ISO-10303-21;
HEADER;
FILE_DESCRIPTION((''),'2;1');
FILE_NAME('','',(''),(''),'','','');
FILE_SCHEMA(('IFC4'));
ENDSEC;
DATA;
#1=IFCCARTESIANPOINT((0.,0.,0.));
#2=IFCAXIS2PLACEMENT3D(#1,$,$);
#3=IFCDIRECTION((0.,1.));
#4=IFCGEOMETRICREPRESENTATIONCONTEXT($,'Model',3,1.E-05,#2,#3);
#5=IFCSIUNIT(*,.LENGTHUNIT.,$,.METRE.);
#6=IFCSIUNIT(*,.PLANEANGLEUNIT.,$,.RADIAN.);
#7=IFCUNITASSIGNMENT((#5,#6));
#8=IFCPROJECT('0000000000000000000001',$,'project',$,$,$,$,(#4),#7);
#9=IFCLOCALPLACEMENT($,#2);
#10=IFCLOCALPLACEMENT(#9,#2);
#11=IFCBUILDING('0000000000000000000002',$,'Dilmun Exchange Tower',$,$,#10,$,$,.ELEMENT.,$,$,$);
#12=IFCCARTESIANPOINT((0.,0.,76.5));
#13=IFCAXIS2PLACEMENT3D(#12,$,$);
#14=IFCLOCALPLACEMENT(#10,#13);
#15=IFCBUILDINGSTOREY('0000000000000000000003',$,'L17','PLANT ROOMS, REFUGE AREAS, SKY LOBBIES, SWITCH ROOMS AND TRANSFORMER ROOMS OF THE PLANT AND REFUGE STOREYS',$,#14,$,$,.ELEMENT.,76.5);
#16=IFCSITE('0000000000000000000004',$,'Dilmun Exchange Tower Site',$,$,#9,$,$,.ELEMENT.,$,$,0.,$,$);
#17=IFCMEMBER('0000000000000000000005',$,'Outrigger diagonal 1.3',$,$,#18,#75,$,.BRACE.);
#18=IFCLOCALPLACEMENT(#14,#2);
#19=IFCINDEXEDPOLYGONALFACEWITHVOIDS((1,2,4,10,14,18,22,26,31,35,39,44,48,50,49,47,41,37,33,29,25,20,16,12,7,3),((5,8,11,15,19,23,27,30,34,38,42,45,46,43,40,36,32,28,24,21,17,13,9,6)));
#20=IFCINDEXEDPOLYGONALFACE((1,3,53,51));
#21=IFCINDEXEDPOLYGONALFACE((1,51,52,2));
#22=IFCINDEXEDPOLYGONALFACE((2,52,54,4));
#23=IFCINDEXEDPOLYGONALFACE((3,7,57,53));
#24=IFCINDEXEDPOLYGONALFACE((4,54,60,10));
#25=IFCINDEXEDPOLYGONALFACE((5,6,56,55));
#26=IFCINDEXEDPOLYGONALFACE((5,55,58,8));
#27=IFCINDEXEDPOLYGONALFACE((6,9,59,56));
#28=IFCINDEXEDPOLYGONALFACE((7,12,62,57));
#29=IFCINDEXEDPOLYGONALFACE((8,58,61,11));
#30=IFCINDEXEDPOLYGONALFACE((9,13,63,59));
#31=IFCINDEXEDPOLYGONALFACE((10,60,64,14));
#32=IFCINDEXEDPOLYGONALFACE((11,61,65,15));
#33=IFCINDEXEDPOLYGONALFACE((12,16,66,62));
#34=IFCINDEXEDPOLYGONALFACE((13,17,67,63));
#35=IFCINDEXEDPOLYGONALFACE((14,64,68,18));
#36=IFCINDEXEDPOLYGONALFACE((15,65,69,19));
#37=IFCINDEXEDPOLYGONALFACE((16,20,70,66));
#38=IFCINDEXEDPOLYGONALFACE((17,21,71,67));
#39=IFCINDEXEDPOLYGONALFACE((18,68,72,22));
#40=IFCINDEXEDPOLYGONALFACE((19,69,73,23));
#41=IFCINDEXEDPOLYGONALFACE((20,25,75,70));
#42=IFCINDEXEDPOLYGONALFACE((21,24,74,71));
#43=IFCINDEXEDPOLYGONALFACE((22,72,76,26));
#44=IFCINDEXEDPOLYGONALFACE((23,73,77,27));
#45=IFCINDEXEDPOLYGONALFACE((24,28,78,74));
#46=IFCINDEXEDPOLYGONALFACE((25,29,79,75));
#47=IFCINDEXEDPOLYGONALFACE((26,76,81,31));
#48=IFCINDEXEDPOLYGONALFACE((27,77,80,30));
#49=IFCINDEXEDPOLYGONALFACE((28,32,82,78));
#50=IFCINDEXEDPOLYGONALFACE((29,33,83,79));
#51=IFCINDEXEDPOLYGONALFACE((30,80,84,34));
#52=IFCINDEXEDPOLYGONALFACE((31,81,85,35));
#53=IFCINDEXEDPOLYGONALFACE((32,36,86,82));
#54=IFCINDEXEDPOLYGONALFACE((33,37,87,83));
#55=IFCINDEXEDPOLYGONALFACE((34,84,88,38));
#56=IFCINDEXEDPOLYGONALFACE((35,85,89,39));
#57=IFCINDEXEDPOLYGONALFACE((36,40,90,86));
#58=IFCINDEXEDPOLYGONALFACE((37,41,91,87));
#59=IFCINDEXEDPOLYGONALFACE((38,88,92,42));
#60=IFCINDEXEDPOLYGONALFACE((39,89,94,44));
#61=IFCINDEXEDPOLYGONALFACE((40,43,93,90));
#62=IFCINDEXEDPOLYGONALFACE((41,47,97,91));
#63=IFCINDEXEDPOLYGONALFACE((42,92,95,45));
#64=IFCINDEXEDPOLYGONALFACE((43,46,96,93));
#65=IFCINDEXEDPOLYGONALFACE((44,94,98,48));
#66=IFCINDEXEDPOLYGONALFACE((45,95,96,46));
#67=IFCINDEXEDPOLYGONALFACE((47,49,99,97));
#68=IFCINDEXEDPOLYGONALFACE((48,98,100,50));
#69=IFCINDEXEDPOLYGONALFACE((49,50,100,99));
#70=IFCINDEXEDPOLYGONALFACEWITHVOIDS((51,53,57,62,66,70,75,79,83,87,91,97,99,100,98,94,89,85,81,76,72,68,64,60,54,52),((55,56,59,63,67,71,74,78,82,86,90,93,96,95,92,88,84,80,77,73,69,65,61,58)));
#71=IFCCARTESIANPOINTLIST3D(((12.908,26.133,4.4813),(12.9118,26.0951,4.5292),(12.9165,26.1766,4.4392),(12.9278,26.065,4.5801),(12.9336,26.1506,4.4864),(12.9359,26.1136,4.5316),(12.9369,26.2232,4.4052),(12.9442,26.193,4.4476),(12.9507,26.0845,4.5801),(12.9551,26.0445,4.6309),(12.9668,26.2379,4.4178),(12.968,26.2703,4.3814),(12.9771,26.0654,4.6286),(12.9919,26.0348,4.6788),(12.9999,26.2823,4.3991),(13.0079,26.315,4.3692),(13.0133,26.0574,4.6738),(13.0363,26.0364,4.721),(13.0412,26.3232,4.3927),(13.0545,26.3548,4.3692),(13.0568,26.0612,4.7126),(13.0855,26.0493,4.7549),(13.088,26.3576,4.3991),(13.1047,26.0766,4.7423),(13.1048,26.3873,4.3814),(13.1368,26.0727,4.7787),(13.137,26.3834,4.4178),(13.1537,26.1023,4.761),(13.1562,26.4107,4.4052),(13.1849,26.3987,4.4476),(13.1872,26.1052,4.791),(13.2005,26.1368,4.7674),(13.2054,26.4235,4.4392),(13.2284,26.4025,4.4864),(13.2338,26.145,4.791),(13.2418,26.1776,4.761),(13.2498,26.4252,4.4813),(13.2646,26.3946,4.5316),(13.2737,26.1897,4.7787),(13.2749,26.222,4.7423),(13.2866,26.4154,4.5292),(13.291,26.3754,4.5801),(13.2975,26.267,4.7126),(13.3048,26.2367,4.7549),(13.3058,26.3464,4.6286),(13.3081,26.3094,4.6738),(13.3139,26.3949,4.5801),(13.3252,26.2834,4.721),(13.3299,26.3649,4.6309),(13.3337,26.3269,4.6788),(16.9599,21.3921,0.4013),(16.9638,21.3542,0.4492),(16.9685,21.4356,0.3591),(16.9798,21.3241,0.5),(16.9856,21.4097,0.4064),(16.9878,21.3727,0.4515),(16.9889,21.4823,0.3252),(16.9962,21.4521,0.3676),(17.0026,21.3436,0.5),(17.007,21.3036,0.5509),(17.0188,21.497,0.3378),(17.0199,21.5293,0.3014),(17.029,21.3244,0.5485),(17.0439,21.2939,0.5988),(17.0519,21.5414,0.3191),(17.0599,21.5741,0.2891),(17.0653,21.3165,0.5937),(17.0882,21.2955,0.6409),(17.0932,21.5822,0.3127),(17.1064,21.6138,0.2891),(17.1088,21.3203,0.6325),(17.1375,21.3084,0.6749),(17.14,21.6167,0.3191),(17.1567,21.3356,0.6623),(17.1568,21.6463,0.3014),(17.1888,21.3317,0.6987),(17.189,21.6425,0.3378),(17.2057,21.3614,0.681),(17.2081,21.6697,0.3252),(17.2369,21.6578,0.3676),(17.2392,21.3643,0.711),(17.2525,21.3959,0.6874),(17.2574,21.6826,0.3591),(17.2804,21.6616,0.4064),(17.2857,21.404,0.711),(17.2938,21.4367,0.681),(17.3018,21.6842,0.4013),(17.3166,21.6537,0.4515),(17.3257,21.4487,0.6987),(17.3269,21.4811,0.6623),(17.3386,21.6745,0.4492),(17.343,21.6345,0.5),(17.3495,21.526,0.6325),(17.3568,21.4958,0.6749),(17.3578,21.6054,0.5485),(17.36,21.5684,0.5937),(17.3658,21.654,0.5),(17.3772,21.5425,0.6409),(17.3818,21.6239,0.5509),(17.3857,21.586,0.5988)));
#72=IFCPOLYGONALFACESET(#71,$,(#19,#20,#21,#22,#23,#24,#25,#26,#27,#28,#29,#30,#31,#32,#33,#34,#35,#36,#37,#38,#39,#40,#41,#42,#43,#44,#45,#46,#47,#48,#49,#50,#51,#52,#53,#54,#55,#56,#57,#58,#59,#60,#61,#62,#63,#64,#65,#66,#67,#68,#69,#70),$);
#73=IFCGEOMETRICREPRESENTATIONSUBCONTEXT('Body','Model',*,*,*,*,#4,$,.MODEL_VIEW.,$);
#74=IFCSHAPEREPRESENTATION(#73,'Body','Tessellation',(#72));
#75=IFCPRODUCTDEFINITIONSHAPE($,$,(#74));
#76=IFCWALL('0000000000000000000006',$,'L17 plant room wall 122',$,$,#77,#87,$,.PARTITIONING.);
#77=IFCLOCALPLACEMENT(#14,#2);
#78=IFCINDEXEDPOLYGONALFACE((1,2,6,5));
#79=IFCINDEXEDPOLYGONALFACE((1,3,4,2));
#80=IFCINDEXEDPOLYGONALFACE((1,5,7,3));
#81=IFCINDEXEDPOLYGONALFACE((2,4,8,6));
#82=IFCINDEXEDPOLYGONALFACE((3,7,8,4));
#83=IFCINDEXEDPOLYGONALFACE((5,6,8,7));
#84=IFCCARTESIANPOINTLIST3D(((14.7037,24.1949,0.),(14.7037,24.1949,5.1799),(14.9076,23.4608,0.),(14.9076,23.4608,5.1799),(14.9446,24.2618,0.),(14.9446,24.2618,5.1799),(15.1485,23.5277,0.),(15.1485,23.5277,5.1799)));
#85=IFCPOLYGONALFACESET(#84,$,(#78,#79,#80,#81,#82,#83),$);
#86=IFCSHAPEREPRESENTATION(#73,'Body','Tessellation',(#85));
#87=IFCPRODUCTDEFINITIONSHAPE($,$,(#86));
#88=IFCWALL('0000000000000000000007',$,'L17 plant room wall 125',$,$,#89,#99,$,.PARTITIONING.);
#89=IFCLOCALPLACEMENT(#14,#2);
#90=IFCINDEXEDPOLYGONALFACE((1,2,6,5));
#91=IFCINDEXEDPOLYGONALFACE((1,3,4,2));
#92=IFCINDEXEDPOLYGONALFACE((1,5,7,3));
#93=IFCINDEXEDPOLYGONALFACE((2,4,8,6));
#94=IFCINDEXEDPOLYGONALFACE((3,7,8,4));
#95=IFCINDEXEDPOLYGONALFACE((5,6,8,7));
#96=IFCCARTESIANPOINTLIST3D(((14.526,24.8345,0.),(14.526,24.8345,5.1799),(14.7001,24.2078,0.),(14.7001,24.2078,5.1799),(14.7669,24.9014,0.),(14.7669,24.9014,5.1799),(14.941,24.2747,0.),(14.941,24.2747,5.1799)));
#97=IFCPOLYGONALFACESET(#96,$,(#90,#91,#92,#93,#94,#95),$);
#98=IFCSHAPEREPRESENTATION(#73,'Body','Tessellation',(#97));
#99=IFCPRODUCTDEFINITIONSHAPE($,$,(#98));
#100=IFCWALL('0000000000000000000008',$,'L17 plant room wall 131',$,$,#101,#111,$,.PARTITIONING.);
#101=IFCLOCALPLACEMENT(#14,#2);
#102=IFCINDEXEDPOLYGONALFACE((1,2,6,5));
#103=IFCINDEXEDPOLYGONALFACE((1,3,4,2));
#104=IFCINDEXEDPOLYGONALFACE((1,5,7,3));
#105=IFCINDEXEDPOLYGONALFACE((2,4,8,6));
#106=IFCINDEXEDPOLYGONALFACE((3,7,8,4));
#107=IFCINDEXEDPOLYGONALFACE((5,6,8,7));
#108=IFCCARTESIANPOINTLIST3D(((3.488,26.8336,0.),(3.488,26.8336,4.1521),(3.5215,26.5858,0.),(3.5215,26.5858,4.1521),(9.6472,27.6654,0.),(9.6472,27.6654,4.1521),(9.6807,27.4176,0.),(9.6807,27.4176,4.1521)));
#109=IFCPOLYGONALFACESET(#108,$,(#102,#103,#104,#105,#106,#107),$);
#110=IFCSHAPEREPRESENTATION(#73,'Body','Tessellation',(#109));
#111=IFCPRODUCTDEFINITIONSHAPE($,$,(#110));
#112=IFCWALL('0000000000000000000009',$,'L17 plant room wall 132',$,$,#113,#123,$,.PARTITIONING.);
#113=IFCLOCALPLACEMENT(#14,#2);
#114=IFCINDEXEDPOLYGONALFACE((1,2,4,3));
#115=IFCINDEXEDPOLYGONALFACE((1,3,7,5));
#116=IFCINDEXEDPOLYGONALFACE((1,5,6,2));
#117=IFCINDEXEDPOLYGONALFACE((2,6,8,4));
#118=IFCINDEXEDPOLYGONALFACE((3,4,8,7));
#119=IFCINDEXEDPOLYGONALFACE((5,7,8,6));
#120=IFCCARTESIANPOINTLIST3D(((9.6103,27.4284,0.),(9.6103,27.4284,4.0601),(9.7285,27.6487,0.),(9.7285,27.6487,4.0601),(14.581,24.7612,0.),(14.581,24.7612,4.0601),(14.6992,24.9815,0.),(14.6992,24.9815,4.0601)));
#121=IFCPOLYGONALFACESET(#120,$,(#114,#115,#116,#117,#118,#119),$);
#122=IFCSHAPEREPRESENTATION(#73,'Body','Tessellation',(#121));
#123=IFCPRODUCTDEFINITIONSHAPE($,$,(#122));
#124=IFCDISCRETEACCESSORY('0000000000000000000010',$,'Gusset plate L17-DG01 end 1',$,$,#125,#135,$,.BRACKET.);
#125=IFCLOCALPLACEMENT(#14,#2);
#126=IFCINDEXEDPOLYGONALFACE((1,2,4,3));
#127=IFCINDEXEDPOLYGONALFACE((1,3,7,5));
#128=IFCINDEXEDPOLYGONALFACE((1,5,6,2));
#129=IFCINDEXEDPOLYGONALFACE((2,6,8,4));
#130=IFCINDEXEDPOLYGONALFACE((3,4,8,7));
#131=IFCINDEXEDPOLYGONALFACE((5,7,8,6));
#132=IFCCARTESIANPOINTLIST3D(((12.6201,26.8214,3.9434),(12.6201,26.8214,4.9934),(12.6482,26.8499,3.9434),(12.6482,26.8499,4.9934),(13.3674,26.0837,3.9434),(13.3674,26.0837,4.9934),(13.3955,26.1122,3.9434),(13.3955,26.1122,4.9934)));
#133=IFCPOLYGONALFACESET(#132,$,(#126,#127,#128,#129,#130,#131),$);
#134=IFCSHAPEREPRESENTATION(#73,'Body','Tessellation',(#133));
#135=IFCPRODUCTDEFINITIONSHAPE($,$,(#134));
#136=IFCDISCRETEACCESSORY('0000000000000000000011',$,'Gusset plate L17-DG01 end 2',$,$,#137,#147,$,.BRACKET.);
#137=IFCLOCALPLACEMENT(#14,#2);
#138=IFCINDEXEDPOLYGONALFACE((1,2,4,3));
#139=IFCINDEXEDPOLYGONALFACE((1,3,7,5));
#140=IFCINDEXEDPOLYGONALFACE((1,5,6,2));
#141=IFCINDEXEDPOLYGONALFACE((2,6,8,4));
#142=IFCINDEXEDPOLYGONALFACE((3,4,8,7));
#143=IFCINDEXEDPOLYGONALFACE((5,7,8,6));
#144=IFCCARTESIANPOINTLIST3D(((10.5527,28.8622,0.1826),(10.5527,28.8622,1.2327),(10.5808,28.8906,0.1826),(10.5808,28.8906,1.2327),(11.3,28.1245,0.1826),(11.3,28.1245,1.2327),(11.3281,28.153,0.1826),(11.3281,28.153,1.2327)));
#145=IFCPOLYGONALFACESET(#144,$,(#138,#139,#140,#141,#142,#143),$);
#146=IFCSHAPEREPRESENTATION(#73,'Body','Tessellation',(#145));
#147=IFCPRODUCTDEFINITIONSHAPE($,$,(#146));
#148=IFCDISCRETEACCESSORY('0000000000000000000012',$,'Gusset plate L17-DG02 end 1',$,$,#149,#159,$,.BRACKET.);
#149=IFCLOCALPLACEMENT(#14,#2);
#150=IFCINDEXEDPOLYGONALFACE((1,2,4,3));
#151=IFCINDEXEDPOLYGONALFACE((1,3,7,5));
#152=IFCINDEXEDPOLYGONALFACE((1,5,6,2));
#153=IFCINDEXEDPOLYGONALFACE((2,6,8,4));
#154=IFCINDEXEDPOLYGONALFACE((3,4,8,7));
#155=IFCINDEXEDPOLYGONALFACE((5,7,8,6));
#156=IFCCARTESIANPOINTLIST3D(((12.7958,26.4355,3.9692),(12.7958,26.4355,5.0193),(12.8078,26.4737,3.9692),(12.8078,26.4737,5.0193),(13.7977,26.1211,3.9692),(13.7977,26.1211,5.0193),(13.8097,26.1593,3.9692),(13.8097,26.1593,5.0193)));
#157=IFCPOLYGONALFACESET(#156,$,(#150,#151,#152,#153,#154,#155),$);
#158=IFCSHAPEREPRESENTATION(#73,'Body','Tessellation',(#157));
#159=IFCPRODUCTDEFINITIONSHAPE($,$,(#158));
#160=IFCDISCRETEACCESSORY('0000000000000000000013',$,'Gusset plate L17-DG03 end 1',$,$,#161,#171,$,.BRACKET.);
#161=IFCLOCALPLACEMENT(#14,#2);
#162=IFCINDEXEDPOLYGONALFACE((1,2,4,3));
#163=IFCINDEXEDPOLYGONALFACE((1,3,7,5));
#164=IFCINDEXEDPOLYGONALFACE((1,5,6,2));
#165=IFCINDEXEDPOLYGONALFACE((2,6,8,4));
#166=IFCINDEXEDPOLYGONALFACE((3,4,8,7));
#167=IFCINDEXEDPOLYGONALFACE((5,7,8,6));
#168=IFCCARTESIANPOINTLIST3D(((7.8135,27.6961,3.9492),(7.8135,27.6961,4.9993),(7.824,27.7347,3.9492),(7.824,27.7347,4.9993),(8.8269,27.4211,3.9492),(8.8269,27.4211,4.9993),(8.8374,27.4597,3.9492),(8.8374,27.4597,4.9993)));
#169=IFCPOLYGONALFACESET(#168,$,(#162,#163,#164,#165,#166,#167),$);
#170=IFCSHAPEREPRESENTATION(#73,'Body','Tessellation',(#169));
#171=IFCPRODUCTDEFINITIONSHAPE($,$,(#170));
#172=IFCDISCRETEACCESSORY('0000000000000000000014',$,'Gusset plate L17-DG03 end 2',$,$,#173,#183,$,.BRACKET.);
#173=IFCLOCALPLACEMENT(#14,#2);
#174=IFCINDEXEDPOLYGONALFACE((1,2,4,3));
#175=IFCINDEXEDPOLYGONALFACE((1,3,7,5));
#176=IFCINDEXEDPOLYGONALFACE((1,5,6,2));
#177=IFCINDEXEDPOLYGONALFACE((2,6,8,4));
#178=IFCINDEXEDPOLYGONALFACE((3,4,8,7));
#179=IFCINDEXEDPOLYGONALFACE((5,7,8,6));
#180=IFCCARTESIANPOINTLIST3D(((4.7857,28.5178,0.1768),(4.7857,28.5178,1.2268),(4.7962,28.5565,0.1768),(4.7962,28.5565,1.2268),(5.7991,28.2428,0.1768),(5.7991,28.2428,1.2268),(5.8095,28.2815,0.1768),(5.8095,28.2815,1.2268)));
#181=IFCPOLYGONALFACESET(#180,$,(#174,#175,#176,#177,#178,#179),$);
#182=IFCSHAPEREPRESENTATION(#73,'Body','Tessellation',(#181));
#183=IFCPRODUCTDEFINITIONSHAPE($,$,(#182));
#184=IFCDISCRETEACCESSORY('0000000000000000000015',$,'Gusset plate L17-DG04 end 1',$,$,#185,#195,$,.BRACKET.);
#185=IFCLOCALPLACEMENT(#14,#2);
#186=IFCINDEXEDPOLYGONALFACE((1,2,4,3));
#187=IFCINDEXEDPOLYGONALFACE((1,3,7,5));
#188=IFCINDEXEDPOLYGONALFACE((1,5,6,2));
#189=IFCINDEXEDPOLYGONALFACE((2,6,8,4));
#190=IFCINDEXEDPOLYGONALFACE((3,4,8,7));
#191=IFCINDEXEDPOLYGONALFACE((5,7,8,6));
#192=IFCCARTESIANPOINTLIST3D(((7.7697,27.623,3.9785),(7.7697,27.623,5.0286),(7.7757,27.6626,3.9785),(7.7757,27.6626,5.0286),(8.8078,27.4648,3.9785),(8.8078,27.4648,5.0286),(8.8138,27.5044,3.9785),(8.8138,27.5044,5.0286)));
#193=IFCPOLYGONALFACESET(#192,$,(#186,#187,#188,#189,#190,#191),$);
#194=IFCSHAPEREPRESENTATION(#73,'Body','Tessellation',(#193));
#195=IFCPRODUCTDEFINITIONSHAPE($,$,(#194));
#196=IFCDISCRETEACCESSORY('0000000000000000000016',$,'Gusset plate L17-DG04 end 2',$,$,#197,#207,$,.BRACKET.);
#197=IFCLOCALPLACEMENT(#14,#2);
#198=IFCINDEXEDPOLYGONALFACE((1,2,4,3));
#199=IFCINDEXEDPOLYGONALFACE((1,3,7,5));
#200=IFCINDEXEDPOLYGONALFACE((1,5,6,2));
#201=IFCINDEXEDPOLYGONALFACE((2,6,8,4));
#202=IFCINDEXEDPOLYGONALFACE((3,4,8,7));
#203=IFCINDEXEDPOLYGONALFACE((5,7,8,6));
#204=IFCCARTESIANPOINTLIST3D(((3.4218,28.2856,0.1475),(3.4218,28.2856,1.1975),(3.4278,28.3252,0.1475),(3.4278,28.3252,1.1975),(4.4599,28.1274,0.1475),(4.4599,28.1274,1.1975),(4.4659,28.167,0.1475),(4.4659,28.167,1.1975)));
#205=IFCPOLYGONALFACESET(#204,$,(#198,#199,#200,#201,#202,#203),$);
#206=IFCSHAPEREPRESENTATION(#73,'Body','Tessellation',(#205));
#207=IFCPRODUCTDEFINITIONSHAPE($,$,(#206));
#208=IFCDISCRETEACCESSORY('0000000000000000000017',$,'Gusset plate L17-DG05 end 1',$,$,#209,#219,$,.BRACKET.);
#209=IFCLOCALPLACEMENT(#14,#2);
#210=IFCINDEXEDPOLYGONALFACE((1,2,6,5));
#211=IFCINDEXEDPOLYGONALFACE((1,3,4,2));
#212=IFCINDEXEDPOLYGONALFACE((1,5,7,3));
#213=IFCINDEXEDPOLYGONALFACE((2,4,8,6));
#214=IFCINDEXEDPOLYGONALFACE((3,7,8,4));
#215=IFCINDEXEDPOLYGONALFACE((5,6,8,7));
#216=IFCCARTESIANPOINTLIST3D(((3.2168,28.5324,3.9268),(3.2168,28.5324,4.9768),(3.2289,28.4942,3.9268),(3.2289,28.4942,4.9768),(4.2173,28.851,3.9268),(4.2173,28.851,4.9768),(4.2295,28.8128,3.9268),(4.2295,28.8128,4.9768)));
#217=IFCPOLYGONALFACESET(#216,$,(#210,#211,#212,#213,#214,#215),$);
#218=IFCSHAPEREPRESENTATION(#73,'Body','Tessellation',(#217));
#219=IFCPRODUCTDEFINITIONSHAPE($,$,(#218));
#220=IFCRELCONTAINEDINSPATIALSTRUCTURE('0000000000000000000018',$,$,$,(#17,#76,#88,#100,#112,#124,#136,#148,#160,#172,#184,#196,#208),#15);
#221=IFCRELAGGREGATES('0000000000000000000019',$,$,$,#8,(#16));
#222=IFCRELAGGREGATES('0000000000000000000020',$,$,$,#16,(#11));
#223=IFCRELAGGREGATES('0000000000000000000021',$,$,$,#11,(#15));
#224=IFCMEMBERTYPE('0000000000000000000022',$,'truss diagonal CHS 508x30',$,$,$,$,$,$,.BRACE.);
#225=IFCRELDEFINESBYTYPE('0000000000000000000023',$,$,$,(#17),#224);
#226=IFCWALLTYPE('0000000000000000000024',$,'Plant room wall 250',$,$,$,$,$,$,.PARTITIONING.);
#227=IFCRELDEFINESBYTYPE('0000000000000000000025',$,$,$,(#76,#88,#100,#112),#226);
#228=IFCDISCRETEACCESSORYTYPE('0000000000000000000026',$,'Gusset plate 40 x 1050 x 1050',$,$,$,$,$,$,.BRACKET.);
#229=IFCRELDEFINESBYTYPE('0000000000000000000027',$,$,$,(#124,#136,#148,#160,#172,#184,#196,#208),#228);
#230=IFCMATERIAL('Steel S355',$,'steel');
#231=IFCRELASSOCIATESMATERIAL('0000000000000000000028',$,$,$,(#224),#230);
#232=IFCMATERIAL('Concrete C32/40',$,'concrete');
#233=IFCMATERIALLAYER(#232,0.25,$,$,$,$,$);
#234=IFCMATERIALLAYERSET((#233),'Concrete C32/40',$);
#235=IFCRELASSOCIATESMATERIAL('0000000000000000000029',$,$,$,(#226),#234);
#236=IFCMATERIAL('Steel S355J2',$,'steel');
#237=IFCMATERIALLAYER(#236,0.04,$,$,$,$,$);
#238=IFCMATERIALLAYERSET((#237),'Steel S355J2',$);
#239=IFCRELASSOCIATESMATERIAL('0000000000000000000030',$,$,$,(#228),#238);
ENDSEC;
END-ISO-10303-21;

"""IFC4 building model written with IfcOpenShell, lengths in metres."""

from ifc_helpers import new_model, si_unit, direction, frame, frame_2d, origin, origin_2d, place, context, subcontext, project, spatial, rectangle, hollow_circle, extrude, material, layer, layer_set, material_profile, profile_set, type_object, element, save


model = new_model("IFC4")

# Units and contexts
model_context = context("Model", 3, precision=1e-05, world=origin(), true_north=direction((0.0, 1.0)))
body_context = subcontext(model_context, "Body", "Model", "MODEL_VIEW")
ifc_project = project(units=[si_unit("LENGTHUNIT", "METRE"), si_unit("PLANEANGLEUNIT", "RADIAN")], contexts=[model_context])

# Site, building, storey
site_placement = place(None, origin())
site = spatial("IfcSite", under=ifc_project, at=site_placement, Name="Dilmun Exchange Tower Site", CompositionType="ELEMENT", RefElevation=0.0)
building_placement = place(site_placement, origin())
building = spatial("IfcBuilding", under=site, at=building_placement, Name="Dilmun Exchange Tower", CompositionType="ELEMENT")
storey_placement = place(building_placement, frame((0.0, 0.0, 76.5)))
storey = spatial("IfcBuildingStorey", under=building, at=storey_placement, Name="L17", Description="PLANT ROOMS, REFUGE AREAS, SKY LOBBIES, SWITCH ROOMS AND TRANSFORMER ROOMS OF THE PLANT AND REFUGE STOREYS", CompositionType="ELEMENT", Elevation=76.5)

# Shared definitions
ifc_material_1 = material(Name="Steel S355", Category="steel")

# Member
ifc_material_profile_1 = material_profile(ifc_material_1, hollow_circle(Radius=0.2539, WallThickness=0.03, at=origin_2d()), Name="CHS 508x30")
ifc_profile_set_1 = profile_set([ifc_material_profile_1], Name="Steel S355")
member_type_1 = type_object("IfcMemberType", Name="truss diagonal CHS 508x30", PredefinedType="BRACE", material=ifc_profile_set_1)
member_1_placement = place(storey_placement, frame((13.1208, 26.23, 4.5801), z_axis=(0.543697, -0.636142, -0.547464), x_axis=(0.760182, 0.649711, 0.0)))
element("IfcMember", 1, at=member_1_placement, inside=storey, type_object=member_type_1, Name="Outrigger diagonal 1.3", PredefinedType="BRACE", context=body_context, shape_type="SweptSolid", body=[
    extrude(hollow_circle(Radius=0.2539, WallThickness=0.03, at=origin_2d()), origin(), (0.0, 0.0, 1.0), 7.4526),
])

# Walls
ifc_material_2 = material(Name="Concrete C32/40", Category="concrete")
ifc_layer_1 = layer(ifc_material_2, 0.25)
ifc_layer_set_1 = layer_set([ifc_layer_1], Name="Concrete C32/40")
wall_type = type_object("IfcWallType", Name="Plant room wall 250", PredefinedType="PARTITIONING", material=ifc_layer_set_1)
wall_1_placement = place(storey_placement, frame((14.8242, 24.2283, 0.0), z_axis=(0.0, 0.0, 1.0), x_axis=(0.267561, -0.963541, 0.0)))
element("IfcWall", 2, at=wall_1_placement, inside=storey, type_object=wall_type, Name="L17 plant room wall 122", PredefinedType="PARTITIONING", context=body_context, shape_type="SweptSolid", body=[
    extrude(rectangle(XDim=0.762, YDim=0.25, at=frame_2d((0.3809, 0.0))), origin(), (0.0, 0.0, 1.0), 5.1799),
])
wall_2_placement = place(storey_placement, frame((14.6465, 24.8679, 0.0), z_axis=(0.0, 0.0, 1.0), x_axis=(0.267625, -0.963523, 0.0)))
element("IfcWall", 3, at=wall_2_placement, inside=storey, type_object=wall_type, Name="L17 plant room wall 125", PredefinedType="PARTITIONING", context=body_context, shape_type="SweptSolid", body=[
    extrude(rectangle(XDim=0.6504, YDim=0.25, at=frame_2d((0.3252, 0.0))), origin(), (0.0, 0.0, 1.0), 5.1799),
])
wall_3_placement = place(storey_placement, frame((3.5049, 26.7097, 0.0), z_axis=(0.0, 0.0, 1.0), x_axis=(0.991004, 0.133833, 0.0)))
element("IfcWall", 4, at=wall_3_placement, inside=storey, type_object=wall_type, Name="L17 plant room wall 131", PredefinedType="PARTITIONING", context=body_context, shape_type="SweptSolid", body=[
    extrude(rectangle(XDim=6.2151, YDim=0.25, at=frame_2d((3.1074, 0.0))), origin(), (0.0, 0.0, 1.0), 4.1521),
])
wall_4_placement = place(storey_placement, frame((9.6694, 27.5386, 0.0), z_axis=(0.0, 0.0, 1.0), x_axis=(0.881158, -0.472822, 0.0)))
element("IfcWall", 5, at=wall_4_placement, inside=storey, type_object=wall_type, Name="L17 plant room wall 132", PredefinedType="PARTITIONING", context=body_context, shape_type="SweptSolid", body=[
    extrude(rectangle(XDim=5.6411, YDim=0.25, at=frame_2d((2.8206, 0.0))), origin(), (0.0, 0.0, 1.0), 4.0601),
])

# Discrete accessories
ifc_material_3 = material(Name="Steel S355J2", Category="steel")
ifc_layer_2 = layer(ifc_material_3, 0.04)
ifc_layer_set_2 = layer_set([ifc_layer_2], Name="Steel S355J2")
discrete_accessory_type = type_object("IfcDiscreteAccessoryType", Name="Gusset plate 40 x 1050 x 1050", PredefinedType="BRACKET", material=ifc_layer_set_2)
for number, where, z_axis, x_axis, name in (
    (6, (13.0078, 26.4668, 3.9434), (0.0, 0.0, 1.0), (-0.71168, 0.702503, 0.0), "Gusset plate L17-DG01 end 1"),
    (7, (10.9404, 28.5076, 0.1826), (0.0, 0.0, 1.0), (-0.71168, 0.702503, 0.0), "Gusset plate L17-DG01 end 2"),
    (8, (13.3027, 26.2974, 3.9692), (0.0, 0.0, 1.0), (0.954118, -0.299432, 0.0), "Gusset plate L17-DG02 end 1"),
    (9, (8.3254, 27.5779, 3.9492), (0.0, 0.0, 1.0), (-0.965096, 0.261896, 0.0), "Gusset plate L17-DG03 end 1"),
    (10, (5.2976, 28.3997, 0.1768), (0.0, 0.0, 1.0), (-0.965096, 0.261896, 0.0), "Gusset plate L17-DG03 end 2"),
    (11, (8.2917, 27.5637, 3.9785), (0.0, 0.0, 1.0), (-0.988588, 0.150647, 0.0), "Gusset plate L17-DG04 end 1"),
    (12, (3.9438, 28.2263, 0.1475), (0.0, 0.0, 1.0), (-0.988588, 0.150647, 0.0), "Gusset plate L17-DG04 end 2"),
    (13, (3.7231, 28.6726, 3.9268), (0.0, 0.0, 1.0), (-0.952856, -0.303423, 0.0), "Gusset plate L17-DG05 end 1"),
):
    element("IfcDiscreteAccessory", number, at=place(storey_placement, frame(where, z_axis=z_axis, x_axis=x_axis)), inside=storey, type_object=discrete_accessory_type, Name=name, PredefinedType="BRACKET", context=body_context, shape_type="SweptSolid", body=[
        extrude(rectangle(XDim=1.05, YDim=0.04, at=origin_2d()), origin(), (0.0, 0.0, 1.0), 1.05),
    ])

save(model, "model.ifc")
